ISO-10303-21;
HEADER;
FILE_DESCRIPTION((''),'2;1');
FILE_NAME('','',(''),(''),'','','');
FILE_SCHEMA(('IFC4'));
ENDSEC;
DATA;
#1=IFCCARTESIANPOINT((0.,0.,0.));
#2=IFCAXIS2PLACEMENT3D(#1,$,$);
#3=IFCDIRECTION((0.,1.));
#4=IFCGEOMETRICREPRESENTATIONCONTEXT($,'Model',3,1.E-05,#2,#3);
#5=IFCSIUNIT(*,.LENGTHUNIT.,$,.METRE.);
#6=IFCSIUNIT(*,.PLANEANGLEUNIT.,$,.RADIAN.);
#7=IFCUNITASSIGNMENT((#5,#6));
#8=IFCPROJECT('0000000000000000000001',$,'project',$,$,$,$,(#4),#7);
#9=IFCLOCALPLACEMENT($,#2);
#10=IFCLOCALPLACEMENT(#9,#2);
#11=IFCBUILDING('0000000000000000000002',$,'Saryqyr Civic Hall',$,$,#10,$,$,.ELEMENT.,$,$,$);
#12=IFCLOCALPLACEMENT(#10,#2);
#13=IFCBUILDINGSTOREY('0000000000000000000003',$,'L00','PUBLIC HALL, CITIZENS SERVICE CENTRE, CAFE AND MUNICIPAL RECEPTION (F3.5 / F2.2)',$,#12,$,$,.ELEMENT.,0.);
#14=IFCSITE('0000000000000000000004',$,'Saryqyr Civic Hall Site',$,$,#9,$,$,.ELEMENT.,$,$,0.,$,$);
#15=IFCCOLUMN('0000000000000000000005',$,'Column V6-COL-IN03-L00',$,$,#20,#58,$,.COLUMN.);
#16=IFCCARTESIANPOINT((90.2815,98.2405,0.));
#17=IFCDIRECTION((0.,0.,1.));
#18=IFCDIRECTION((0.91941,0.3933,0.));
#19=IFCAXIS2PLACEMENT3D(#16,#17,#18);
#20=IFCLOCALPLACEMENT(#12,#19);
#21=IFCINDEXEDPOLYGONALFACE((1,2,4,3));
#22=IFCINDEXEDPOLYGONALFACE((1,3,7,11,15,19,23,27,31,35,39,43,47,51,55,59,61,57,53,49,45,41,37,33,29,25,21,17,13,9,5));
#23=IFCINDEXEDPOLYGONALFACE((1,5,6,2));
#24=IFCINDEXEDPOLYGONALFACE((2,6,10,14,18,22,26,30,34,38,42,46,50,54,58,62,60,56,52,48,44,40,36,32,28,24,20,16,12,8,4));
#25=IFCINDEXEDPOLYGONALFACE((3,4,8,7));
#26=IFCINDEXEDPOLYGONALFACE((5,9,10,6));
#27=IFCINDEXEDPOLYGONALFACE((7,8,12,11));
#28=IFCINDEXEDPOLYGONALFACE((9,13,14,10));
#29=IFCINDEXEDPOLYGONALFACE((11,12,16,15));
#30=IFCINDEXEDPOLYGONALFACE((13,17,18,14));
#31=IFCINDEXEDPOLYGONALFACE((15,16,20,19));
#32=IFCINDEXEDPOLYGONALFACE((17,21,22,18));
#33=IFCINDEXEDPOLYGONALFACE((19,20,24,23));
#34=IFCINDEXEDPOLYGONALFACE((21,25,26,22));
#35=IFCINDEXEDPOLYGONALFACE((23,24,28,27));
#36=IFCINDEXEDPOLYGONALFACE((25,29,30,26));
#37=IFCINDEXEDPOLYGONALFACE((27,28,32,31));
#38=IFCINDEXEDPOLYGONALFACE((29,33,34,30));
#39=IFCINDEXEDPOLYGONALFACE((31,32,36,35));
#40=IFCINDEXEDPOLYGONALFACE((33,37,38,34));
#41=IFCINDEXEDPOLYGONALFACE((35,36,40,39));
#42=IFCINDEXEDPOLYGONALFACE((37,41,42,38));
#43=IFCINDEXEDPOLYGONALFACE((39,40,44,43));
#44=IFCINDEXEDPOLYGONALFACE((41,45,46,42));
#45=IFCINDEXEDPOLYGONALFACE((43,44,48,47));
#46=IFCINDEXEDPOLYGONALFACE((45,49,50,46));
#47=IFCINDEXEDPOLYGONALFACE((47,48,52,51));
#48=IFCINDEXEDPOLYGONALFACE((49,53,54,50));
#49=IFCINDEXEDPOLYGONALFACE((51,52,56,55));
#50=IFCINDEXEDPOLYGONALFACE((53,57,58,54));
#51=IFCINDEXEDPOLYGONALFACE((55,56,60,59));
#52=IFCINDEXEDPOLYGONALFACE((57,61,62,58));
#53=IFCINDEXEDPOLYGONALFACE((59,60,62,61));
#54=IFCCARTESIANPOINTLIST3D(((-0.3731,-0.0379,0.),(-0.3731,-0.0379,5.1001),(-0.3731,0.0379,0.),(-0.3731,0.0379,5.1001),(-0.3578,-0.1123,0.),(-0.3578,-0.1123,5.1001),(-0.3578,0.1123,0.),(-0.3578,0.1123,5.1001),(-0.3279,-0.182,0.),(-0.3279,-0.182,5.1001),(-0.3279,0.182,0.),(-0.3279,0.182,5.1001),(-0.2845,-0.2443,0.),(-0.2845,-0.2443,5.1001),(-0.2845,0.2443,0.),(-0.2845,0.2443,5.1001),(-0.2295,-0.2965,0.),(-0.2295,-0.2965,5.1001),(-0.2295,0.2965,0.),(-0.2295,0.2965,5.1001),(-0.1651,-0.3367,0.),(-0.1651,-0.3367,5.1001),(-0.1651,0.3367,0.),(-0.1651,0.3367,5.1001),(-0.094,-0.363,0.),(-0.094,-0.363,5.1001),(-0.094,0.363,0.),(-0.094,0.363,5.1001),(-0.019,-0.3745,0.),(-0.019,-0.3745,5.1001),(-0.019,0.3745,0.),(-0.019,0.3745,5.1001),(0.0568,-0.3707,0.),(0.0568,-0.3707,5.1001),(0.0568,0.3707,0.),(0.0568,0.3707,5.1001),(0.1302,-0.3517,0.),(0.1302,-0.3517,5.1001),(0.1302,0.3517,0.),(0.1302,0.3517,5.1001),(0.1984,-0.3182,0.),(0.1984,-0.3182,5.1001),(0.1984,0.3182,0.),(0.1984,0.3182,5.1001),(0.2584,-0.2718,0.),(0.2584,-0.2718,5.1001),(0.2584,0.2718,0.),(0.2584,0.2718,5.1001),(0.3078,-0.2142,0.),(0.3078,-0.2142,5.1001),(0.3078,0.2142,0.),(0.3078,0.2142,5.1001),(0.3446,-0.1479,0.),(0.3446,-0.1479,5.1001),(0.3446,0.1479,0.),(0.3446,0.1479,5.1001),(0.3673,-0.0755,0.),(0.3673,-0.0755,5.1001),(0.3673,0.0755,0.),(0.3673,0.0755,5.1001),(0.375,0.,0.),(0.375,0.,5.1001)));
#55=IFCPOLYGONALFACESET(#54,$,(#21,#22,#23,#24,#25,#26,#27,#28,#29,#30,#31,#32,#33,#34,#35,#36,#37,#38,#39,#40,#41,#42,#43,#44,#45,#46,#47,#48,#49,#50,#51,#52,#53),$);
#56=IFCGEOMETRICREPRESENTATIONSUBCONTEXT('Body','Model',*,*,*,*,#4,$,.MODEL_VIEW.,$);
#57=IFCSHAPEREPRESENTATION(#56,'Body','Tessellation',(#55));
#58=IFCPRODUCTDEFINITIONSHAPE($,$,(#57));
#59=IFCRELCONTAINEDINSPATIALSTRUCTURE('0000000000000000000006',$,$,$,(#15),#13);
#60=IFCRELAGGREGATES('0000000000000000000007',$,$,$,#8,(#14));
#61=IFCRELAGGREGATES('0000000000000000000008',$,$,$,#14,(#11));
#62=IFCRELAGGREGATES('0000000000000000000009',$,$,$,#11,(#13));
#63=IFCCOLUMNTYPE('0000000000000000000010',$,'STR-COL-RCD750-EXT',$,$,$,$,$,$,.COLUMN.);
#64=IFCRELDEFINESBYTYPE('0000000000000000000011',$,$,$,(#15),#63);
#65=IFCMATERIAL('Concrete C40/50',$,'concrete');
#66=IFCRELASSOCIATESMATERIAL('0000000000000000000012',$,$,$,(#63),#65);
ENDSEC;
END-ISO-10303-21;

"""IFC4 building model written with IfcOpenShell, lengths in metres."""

from ifc_helpers import new_model, si_unit, direction, frame, origin, origin_2d, place, context, subcontext, project, spatial, circle, extrude, material, material_profile, profile_set, type_object, element, save


model = new_model("IFC4")

# Units and contexts
model_context = context("Model", 3, precision=1e-05, world=origin(), true_north=direction((0.0, 1.0)))
body_context = subcontext(model_context, "Body", "Model", "MODEL_VIEW")
ifc_project = project(units=[si_unit("LENGTHUNIT", "METRE"), si_unit("PLANEANGLEUNIT", "RADIAN")], contexts=[model_context])

# Site, building, storey
site_placement = place(None, origin())
site = spatial("IfcSite", under=ifc_project, at=site_placement, Name="Saryqyr Civic Hall Site", CompositionType="ELEMENT", RefElevation=0.0)
building_placement = place(site_placement, origin())
building = spatial("IfcBuilding", under=site, at=building_placement, Name="Saryqyr Civic Hall", CompositionType="ELEMENT")
storey_placement = place(building_placement, origin())
storey = spatial("IfcBuildingStorey", under=building, at=storey_placement, Name="L00", Description="PUBLIC HALL, CITIZENS SERVICE CENTRE, CAFE AND MUNICIPAL RECEPTION (F3.5 / F2.2)", CompositionType="ELEMENT", Elevation=0.0)

# Column
ifc_material_1 = material(Name="Concrete C40/50", Category="concrete")
ifc_material_profile_1 = material_profile(ifc_material_1, circle(Radius=0.375, at=origin_2d()), Name="RC D750")
ifc_profile_set_1 = profile_set([ifc_material_profile_1], Name="Concrete C40/50")
column_type_1 = type_object("IfcColumnType", Name="STR-COL-RCD750-EXT", PredefinedType="COLUMN", material=ifc_profile_set_1)
for number, where, z_axis, x_axis, name in (
    (1, (90.2815, 98.2405, 0.0), (0.0, 0.0, 1.0), (0.91941, 0.3933, 0.0), "Column V6-COL-IN03-L00"),
):
    element("IfcColumn", number, at=place(storey_placement, frame(where, z_axis=z_axis, x_axis=x_axis)), inside=storey, type_object=column_type_1, Name=name, PredefinedType="COLUMN", context=body_context, shape_type="SweptSolid", body=[
        extrude(circle(Radius=0.375, at=origin_2d()), origin(), (0.0, 0.0, 1.0), 5.1001),
    ])

save(model, "model.ifc")
